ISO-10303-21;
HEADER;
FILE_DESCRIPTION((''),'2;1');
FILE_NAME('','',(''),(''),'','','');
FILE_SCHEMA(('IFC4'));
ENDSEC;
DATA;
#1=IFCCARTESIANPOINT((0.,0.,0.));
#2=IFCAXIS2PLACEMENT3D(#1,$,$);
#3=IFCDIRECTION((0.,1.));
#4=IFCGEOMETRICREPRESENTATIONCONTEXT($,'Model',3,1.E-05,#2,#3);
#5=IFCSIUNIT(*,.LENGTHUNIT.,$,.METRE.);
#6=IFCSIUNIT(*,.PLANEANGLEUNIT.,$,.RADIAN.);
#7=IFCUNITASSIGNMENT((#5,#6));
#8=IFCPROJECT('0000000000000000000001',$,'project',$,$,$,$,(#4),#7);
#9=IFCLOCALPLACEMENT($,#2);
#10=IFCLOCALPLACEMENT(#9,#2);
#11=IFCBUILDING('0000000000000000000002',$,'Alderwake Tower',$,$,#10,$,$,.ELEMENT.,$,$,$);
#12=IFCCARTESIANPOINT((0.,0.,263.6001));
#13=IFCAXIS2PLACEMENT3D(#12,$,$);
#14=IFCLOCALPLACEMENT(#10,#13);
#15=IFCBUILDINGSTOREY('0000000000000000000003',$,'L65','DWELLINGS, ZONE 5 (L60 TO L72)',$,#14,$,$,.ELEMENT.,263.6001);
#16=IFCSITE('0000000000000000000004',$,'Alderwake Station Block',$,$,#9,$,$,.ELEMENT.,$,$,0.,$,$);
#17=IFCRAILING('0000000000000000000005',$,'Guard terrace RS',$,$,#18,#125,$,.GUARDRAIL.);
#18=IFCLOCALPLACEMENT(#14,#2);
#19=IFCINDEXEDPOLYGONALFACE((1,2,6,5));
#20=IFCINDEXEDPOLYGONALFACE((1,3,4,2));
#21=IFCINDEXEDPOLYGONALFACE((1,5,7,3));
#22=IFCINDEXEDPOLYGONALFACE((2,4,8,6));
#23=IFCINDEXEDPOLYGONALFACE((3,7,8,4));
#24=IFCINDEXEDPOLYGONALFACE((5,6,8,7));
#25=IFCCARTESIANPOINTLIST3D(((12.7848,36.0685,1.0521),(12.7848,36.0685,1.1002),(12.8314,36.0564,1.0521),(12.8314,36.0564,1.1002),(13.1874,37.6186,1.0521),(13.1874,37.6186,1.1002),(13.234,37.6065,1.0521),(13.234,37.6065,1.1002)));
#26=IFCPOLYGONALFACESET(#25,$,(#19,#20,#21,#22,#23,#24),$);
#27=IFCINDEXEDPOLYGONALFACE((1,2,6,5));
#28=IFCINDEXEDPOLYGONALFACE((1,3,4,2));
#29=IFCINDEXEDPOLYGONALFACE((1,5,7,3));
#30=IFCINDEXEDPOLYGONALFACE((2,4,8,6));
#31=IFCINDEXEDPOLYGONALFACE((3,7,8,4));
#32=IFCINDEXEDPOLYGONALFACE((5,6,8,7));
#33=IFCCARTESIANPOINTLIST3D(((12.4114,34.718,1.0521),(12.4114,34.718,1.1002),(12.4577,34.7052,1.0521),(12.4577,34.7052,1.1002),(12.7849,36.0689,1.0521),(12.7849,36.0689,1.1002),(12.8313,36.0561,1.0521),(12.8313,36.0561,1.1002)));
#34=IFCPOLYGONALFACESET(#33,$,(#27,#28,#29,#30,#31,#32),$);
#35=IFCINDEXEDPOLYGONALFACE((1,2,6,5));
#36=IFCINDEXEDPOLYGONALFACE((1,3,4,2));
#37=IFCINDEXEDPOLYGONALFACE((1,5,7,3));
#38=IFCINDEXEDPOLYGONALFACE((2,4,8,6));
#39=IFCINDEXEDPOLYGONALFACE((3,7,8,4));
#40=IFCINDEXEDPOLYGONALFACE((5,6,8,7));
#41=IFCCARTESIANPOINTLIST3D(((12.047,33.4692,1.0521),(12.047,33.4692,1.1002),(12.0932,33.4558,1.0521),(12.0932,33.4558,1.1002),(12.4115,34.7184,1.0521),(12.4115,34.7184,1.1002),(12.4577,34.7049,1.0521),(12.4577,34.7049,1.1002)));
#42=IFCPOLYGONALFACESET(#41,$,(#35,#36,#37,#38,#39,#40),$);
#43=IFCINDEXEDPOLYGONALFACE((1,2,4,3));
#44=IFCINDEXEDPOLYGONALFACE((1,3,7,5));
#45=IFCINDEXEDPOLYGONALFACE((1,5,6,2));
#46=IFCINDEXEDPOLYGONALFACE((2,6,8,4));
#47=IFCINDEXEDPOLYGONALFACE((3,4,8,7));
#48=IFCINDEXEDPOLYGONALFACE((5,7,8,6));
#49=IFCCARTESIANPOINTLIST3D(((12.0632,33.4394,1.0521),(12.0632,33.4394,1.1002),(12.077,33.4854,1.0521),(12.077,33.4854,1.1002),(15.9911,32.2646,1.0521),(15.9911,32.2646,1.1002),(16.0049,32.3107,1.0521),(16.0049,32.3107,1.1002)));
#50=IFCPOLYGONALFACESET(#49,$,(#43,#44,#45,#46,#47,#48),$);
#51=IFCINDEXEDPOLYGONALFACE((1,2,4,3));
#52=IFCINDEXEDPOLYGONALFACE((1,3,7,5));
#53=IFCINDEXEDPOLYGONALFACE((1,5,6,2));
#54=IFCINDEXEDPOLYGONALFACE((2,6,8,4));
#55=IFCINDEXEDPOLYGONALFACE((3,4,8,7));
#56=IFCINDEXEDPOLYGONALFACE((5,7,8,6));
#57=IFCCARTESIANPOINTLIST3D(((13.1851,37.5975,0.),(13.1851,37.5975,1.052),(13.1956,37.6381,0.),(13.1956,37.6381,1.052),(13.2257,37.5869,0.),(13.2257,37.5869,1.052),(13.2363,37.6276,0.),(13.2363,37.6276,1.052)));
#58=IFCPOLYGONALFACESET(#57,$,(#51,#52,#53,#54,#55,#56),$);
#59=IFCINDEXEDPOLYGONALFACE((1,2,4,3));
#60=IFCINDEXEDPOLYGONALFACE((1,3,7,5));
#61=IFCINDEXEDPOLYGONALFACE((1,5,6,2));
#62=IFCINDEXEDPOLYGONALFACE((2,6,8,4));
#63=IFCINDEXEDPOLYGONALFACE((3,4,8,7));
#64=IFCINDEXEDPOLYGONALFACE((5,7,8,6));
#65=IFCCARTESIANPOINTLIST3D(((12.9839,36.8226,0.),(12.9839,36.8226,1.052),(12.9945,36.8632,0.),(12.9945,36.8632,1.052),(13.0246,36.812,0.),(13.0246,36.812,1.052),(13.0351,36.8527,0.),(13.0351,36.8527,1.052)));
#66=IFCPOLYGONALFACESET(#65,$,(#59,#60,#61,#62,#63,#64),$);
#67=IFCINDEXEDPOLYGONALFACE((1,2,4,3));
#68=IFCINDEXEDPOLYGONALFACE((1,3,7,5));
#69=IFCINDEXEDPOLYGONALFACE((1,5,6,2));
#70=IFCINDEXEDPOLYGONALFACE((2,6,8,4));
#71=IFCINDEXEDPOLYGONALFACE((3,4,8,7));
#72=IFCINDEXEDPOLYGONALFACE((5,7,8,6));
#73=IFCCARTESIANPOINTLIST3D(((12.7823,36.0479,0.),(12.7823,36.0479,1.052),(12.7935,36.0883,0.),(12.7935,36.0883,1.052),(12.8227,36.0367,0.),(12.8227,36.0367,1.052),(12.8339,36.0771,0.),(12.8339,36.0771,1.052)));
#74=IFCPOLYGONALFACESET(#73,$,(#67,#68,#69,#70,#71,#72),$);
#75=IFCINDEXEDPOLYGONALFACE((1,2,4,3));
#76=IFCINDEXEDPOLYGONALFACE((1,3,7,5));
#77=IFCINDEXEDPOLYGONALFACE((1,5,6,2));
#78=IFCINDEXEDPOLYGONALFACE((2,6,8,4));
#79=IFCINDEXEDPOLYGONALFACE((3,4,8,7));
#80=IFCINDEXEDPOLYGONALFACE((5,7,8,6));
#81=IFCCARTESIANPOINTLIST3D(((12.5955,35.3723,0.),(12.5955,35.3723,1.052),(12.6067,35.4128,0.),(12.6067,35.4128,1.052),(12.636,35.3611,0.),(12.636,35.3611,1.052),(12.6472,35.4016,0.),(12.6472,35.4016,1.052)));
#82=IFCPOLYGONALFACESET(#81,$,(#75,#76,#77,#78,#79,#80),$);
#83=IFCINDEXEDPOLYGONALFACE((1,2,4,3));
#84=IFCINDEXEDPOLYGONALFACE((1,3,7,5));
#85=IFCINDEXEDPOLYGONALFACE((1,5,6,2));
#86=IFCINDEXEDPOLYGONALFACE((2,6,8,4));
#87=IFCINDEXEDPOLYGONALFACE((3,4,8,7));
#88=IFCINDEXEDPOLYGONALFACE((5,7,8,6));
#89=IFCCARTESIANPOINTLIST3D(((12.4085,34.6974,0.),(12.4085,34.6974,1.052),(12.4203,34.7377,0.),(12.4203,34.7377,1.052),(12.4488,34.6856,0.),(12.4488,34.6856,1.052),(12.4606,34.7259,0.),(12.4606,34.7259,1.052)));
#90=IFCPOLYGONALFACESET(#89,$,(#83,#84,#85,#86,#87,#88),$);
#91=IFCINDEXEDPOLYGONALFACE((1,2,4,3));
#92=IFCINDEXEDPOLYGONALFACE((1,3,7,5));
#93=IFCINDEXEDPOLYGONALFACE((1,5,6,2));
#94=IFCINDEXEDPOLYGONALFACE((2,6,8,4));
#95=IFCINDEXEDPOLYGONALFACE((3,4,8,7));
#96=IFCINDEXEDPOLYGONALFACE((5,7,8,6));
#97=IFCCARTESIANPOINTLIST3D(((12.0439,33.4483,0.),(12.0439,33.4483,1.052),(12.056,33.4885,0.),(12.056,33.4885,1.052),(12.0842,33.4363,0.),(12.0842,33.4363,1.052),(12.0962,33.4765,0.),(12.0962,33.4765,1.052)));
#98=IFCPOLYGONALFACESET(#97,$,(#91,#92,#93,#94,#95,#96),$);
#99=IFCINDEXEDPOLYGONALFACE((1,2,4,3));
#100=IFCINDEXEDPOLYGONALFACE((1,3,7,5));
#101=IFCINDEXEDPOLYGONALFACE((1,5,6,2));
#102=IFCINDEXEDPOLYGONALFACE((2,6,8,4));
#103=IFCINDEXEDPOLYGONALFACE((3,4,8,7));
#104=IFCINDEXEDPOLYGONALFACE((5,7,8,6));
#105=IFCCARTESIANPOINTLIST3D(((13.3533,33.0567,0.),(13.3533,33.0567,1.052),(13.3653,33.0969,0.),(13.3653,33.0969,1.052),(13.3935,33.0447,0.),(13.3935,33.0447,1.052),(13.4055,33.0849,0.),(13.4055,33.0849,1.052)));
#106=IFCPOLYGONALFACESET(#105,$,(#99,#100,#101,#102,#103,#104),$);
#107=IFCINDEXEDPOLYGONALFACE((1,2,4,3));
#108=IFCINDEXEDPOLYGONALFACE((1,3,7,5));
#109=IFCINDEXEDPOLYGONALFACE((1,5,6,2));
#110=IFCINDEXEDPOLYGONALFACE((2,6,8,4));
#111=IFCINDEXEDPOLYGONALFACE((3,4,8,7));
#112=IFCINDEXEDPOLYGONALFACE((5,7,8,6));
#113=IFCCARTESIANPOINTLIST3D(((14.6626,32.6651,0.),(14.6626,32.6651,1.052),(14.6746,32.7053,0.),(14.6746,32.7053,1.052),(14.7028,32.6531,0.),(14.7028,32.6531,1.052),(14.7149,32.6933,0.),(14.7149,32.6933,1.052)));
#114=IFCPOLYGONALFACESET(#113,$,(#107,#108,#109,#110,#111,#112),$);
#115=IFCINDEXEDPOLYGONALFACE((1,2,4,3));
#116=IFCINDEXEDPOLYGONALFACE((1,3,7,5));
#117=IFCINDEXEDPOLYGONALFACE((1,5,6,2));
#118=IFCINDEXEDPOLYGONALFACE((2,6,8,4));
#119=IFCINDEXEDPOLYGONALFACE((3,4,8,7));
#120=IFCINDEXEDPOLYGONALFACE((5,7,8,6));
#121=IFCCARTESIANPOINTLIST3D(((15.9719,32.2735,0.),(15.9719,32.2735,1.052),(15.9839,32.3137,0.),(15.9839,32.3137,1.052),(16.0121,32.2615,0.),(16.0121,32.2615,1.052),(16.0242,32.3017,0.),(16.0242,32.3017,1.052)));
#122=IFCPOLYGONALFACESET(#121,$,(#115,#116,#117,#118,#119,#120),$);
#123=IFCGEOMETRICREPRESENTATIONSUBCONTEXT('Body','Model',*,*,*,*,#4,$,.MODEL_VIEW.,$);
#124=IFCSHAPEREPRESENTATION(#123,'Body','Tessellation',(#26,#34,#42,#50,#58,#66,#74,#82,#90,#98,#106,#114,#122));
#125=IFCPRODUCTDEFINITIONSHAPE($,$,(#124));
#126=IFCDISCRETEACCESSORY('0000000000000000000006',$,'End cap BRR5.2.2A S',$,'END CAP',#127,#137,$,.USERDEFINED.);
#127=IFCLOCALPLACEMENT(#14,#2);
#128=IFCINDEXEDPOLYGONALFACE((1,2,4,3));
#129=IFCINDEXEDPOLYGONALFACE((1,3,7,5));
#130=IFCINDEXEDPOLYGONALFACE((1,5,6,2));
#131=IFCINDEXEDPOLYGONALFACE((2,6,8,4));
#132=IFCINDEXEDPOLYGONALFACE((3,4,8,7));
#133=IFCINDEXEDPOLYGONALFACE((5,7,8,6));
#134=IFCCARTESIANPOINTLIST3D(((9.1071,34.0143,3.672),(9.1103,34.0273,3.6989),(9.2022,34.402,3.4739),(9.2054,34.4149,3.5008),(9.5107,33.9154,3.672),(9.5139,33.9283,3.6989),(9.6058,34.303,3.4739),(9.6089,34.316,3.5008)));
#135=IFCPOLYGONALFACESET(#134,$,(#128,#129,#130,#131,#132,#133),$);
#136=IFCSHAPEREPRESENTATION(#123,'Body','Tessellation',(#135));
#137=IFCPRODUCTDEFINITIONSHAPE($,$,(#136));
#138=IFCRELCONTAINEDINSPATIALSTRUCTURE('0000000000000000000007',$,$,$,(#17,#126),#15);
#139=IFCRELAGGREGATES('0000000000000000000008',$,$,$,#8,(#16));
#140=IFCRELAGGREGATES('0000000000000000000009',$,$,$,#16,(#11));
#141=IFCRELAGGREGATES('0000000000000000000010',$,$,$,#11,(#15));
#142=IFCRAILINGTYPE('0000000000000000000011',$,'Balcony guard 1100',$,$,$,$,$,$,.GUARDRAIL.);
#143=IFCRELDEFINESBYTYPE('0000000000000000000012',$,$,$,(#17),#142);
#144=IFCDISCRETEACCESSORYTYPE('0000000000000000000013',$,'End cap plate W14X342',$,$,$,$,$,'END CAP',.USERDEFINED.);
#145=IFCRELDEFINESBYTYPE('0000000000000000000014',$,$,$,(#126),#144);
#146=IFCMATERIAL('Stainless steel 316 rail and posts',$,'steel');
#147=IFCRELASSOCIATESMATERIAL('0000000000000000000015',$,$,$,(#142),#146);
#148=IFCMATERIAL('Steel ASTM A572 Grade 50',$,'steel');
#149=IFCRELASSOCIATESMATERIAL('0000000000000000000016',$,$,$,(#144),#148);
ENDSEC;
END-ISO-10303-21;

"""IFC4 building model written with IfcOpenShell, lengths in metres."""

from ifc_helpers import new_model, si_unit, direction, frame, origin, origin_2d, place, context, subcontext, project, spatial, rectangle, extrude, material, material_profile, profile_set, type_object, element, save


model = new_model("IFC4")

# Units and contexts
model_context = context("Model", 3, precision=1e-05, world=origin(), true_north=direction((0.0, 1.0)))
body_context = subcontext(model_context, "Body", "Model", "MODEL_VIEW")
ifc_project = project(units=[si_unit("LENGTHUNIT", "METRE"), si_unit("PLANEANGLEUNIT", "RADIAN")], contexts=[model_context])

# Site, building, storey
site_placement = place(None, origin())
site = spatial("IfcSite", under=ifc_project, at=site_placement, Name="Alderwake Station Block", CompositionType="ELEMENT", RefElevation=0.0)
building_placement = place(site_placement, origin())
building = spatial("IfcBuilding", under=site, at=building_placement, Name="Alderwake Tower", CompositionType="ELEMENT")
storey_placement = place(building_placement, frame((0.0, 0.0, 263.6001)))
storey = spatial("IfcBuildingStorey", under=building, at=storey_placement, Name="L65", Description="DWELLINGS, ZONE 5 (L60 TO L72)", CompositionType="ELEMENT", Elevation=263.6001)

# Railing
ifc_material_1 = material(Name="Stainless steel 316 rail and posts", Category="steel")
railing_type = type_object("IfcRailingType", Name="Balcony guard 1100", PredefinedType="GUARDRAIL", material=ifc_material_1)
railing_placement = place(storey_placement, frame((13.2107, 37.6125, 0.0)))
element("IfcRailing", 1, at=railing_placement, inside=storey, type_object=railing_type, Name="Guard terrace RS", PredefinedType="GUARDRAIL", context=body_context, shape_type="SweptSolid", body=[
    extrude(rectangle(XDim=0.0481, YDim=0.0481, at=origin_2d()), frame((0.0, 0.0, 1.0762), z_axis=(-0.251385, -0.967887, 0.0), x_axis=(0.967887, -0.251385, 0.0)), (0.0, 0.0, 1.0), 1.6016),
    extrude(rectangle(XDim=0.0481, YDim=0.0481, at=origin_2d()), frame((-0.4026, -1.55, 1.0762), z_axis=(-0.266521, -0.963829, 0.0), x_axis=(0.963829, -0.266521, 0.0)), (0.0, 0.0, 1.0), 1.4016),
    extrude(rectangle(XDim=0.0481, YDim=0.0481, at=origin_2d()), frame((-0.7761, -2.9009, 1.0762), z_axis=(-0.280094, -0.959973, 0.0), x_axis=(0.959973, -0.280094, 0.0)), (0.0, 0.0, 1.0), 1.3013),
    extrude(rectangle(XDim=0.0481, YDim=0.0481, at=origin_2d()), frame((-1.1406, -4.1501, 1.0762), z_axis=(0.958067, -0.286545, 0.0), x_axis=(0.286545, 0.958067, 0.0)), (0.0, 0.0, 1.0), 4.0999),
    extrude(rectangle(XDim=0.042, YDim=0.042, at=origin_2d()), frame((0.0, 0.0, 0.0), z_axis=(0.0, 0.0, 1.0), x_axis=(-0.251385, -0.967887, 0.0)), (0.0, 0.0, 1.0), 1.052),
    extrude(rectangle(XDim=0.042, YDim=0.042, at=origin_2d()), frame((-0.2012, -0.7749, 0.0), z_axis=(0.0, 0.0, 1.0), x_axis=(-0.251385, -0.967887, 0.0)), (0.0, 0.0, 1.0), 1.052),
    extrude(rectangle(XDim=0.042, YDim=0.042, at=origin_2d()), frame((-0.4026, -1.55, 0.0), z_axis=(0.0, 0.0, 1.0), x_axis=(-0.266521, -0.963829, 0.0)), (0.0, 0.0, 1.0), 1.052),
    extrude(rectangle(XDim=0.042, YDim=0.042, at=origin_2d()), frame((-0.5894, -2.2256, 0.0), z_axis=(0.0, 0.0, 1.0), x_axis=(-0.266521, -0.963829, 0.0)), (0.0, 0.0, 1.0), 1.052),
    extrude(rectangle(XDim=0.042, YDim=0.042, at=origin_2d()), frame((-0.7761, -2.9009, 0.0), z_axis=(0.0, 0.0, 1.0), x_axis=(-0.280094, -0.959973, 0.0)), (0.0, 0.0, 1.0), 1.052),
    extrude(rectangle(XDim=0.042, YDim=0.042, at=origin_2d()), frame((-1.1406, -4.1501, 0.0), z_axis=(0.0, 0.0, 1.0), x_axis=(0.958067, -0.286545, 0.0)), (0.0, 0.0, 1.0), 1.052),
    extrude(rectangle(XDim=0.042, YDim=0.042, at=origin_2d()), frame((0.1687, -4.5417, 0.0), z_axis=(0.0, 0.0, 1.0), x_axis=(0.958067, -0.286545, 0.0)), (0.0, 0.0, 1.0), 1.052),
    extrude(rectangle(XDim=0.042, YDim=0.042, at=origin_2d()), frame((1.478, -4.9333, 0.0), z_axis=(0.0, 0.0, 1.0), x_axis=(0.958067, -0.286545, 0.0)), (0.0, 0.0, 1.0), 1.052),
    extrude(rectangle(XDim=0.042, YDim=0.042, at=origin_2d()), frame((2.7874, -5.325, 0.0), z_axis=(0.0, 0.0, 1.0), x_axis=(0.958067, -0.286545, 0.0)), (0.0, 0.0, 1.0), 1.052),
])

# Discrete accessory
ifc_material_2 = material(Name="Steel ASTM A572 Grade 50", Category="steel")
ifc_material_profile_1 = material_profile(ifc_material_2, rectangle(XDim=0.4155, YDim=0.4456, at=origin_2d()), Name="W14X342 cap")
ifc_profile_set_1 = profile_set([ifc_material_profile_1], Name="Steel ASTM A572 Grade 50")
discrete_accessory_type = type_object("IfcDiscreteAccessoryType", Name="End cap plate W14X342", ElementType="END CAP", PredefinedType="USERDEFINED", material=ifc_profile_set_1)
discrete_accessory_placement = place(storey_placement, frame((9.3596, 34.1716, 3.5999), z_axis=(-0.10587, -0.431622, -0.89582), x_axis=(0.971211, -0.238222, 0.0)))
element("IfcDiscreteAccessory", 2, at=discrete_accessory_placement, inside=storey, type_object=discrete_accessory_type, Name="End cap BRR5.2.2A S", ObjectType="END CAP", PredefinedType="USERDEFINED", context=body_context, shape_type="SweptSolid", body=[
    extrude(rectangle(XDim=0.4155, YDim=0.4456, at=origin_2d()), origin(), (0.0, 0.0, 1.0), 0.03),
])

save(model, "model.ifc")
